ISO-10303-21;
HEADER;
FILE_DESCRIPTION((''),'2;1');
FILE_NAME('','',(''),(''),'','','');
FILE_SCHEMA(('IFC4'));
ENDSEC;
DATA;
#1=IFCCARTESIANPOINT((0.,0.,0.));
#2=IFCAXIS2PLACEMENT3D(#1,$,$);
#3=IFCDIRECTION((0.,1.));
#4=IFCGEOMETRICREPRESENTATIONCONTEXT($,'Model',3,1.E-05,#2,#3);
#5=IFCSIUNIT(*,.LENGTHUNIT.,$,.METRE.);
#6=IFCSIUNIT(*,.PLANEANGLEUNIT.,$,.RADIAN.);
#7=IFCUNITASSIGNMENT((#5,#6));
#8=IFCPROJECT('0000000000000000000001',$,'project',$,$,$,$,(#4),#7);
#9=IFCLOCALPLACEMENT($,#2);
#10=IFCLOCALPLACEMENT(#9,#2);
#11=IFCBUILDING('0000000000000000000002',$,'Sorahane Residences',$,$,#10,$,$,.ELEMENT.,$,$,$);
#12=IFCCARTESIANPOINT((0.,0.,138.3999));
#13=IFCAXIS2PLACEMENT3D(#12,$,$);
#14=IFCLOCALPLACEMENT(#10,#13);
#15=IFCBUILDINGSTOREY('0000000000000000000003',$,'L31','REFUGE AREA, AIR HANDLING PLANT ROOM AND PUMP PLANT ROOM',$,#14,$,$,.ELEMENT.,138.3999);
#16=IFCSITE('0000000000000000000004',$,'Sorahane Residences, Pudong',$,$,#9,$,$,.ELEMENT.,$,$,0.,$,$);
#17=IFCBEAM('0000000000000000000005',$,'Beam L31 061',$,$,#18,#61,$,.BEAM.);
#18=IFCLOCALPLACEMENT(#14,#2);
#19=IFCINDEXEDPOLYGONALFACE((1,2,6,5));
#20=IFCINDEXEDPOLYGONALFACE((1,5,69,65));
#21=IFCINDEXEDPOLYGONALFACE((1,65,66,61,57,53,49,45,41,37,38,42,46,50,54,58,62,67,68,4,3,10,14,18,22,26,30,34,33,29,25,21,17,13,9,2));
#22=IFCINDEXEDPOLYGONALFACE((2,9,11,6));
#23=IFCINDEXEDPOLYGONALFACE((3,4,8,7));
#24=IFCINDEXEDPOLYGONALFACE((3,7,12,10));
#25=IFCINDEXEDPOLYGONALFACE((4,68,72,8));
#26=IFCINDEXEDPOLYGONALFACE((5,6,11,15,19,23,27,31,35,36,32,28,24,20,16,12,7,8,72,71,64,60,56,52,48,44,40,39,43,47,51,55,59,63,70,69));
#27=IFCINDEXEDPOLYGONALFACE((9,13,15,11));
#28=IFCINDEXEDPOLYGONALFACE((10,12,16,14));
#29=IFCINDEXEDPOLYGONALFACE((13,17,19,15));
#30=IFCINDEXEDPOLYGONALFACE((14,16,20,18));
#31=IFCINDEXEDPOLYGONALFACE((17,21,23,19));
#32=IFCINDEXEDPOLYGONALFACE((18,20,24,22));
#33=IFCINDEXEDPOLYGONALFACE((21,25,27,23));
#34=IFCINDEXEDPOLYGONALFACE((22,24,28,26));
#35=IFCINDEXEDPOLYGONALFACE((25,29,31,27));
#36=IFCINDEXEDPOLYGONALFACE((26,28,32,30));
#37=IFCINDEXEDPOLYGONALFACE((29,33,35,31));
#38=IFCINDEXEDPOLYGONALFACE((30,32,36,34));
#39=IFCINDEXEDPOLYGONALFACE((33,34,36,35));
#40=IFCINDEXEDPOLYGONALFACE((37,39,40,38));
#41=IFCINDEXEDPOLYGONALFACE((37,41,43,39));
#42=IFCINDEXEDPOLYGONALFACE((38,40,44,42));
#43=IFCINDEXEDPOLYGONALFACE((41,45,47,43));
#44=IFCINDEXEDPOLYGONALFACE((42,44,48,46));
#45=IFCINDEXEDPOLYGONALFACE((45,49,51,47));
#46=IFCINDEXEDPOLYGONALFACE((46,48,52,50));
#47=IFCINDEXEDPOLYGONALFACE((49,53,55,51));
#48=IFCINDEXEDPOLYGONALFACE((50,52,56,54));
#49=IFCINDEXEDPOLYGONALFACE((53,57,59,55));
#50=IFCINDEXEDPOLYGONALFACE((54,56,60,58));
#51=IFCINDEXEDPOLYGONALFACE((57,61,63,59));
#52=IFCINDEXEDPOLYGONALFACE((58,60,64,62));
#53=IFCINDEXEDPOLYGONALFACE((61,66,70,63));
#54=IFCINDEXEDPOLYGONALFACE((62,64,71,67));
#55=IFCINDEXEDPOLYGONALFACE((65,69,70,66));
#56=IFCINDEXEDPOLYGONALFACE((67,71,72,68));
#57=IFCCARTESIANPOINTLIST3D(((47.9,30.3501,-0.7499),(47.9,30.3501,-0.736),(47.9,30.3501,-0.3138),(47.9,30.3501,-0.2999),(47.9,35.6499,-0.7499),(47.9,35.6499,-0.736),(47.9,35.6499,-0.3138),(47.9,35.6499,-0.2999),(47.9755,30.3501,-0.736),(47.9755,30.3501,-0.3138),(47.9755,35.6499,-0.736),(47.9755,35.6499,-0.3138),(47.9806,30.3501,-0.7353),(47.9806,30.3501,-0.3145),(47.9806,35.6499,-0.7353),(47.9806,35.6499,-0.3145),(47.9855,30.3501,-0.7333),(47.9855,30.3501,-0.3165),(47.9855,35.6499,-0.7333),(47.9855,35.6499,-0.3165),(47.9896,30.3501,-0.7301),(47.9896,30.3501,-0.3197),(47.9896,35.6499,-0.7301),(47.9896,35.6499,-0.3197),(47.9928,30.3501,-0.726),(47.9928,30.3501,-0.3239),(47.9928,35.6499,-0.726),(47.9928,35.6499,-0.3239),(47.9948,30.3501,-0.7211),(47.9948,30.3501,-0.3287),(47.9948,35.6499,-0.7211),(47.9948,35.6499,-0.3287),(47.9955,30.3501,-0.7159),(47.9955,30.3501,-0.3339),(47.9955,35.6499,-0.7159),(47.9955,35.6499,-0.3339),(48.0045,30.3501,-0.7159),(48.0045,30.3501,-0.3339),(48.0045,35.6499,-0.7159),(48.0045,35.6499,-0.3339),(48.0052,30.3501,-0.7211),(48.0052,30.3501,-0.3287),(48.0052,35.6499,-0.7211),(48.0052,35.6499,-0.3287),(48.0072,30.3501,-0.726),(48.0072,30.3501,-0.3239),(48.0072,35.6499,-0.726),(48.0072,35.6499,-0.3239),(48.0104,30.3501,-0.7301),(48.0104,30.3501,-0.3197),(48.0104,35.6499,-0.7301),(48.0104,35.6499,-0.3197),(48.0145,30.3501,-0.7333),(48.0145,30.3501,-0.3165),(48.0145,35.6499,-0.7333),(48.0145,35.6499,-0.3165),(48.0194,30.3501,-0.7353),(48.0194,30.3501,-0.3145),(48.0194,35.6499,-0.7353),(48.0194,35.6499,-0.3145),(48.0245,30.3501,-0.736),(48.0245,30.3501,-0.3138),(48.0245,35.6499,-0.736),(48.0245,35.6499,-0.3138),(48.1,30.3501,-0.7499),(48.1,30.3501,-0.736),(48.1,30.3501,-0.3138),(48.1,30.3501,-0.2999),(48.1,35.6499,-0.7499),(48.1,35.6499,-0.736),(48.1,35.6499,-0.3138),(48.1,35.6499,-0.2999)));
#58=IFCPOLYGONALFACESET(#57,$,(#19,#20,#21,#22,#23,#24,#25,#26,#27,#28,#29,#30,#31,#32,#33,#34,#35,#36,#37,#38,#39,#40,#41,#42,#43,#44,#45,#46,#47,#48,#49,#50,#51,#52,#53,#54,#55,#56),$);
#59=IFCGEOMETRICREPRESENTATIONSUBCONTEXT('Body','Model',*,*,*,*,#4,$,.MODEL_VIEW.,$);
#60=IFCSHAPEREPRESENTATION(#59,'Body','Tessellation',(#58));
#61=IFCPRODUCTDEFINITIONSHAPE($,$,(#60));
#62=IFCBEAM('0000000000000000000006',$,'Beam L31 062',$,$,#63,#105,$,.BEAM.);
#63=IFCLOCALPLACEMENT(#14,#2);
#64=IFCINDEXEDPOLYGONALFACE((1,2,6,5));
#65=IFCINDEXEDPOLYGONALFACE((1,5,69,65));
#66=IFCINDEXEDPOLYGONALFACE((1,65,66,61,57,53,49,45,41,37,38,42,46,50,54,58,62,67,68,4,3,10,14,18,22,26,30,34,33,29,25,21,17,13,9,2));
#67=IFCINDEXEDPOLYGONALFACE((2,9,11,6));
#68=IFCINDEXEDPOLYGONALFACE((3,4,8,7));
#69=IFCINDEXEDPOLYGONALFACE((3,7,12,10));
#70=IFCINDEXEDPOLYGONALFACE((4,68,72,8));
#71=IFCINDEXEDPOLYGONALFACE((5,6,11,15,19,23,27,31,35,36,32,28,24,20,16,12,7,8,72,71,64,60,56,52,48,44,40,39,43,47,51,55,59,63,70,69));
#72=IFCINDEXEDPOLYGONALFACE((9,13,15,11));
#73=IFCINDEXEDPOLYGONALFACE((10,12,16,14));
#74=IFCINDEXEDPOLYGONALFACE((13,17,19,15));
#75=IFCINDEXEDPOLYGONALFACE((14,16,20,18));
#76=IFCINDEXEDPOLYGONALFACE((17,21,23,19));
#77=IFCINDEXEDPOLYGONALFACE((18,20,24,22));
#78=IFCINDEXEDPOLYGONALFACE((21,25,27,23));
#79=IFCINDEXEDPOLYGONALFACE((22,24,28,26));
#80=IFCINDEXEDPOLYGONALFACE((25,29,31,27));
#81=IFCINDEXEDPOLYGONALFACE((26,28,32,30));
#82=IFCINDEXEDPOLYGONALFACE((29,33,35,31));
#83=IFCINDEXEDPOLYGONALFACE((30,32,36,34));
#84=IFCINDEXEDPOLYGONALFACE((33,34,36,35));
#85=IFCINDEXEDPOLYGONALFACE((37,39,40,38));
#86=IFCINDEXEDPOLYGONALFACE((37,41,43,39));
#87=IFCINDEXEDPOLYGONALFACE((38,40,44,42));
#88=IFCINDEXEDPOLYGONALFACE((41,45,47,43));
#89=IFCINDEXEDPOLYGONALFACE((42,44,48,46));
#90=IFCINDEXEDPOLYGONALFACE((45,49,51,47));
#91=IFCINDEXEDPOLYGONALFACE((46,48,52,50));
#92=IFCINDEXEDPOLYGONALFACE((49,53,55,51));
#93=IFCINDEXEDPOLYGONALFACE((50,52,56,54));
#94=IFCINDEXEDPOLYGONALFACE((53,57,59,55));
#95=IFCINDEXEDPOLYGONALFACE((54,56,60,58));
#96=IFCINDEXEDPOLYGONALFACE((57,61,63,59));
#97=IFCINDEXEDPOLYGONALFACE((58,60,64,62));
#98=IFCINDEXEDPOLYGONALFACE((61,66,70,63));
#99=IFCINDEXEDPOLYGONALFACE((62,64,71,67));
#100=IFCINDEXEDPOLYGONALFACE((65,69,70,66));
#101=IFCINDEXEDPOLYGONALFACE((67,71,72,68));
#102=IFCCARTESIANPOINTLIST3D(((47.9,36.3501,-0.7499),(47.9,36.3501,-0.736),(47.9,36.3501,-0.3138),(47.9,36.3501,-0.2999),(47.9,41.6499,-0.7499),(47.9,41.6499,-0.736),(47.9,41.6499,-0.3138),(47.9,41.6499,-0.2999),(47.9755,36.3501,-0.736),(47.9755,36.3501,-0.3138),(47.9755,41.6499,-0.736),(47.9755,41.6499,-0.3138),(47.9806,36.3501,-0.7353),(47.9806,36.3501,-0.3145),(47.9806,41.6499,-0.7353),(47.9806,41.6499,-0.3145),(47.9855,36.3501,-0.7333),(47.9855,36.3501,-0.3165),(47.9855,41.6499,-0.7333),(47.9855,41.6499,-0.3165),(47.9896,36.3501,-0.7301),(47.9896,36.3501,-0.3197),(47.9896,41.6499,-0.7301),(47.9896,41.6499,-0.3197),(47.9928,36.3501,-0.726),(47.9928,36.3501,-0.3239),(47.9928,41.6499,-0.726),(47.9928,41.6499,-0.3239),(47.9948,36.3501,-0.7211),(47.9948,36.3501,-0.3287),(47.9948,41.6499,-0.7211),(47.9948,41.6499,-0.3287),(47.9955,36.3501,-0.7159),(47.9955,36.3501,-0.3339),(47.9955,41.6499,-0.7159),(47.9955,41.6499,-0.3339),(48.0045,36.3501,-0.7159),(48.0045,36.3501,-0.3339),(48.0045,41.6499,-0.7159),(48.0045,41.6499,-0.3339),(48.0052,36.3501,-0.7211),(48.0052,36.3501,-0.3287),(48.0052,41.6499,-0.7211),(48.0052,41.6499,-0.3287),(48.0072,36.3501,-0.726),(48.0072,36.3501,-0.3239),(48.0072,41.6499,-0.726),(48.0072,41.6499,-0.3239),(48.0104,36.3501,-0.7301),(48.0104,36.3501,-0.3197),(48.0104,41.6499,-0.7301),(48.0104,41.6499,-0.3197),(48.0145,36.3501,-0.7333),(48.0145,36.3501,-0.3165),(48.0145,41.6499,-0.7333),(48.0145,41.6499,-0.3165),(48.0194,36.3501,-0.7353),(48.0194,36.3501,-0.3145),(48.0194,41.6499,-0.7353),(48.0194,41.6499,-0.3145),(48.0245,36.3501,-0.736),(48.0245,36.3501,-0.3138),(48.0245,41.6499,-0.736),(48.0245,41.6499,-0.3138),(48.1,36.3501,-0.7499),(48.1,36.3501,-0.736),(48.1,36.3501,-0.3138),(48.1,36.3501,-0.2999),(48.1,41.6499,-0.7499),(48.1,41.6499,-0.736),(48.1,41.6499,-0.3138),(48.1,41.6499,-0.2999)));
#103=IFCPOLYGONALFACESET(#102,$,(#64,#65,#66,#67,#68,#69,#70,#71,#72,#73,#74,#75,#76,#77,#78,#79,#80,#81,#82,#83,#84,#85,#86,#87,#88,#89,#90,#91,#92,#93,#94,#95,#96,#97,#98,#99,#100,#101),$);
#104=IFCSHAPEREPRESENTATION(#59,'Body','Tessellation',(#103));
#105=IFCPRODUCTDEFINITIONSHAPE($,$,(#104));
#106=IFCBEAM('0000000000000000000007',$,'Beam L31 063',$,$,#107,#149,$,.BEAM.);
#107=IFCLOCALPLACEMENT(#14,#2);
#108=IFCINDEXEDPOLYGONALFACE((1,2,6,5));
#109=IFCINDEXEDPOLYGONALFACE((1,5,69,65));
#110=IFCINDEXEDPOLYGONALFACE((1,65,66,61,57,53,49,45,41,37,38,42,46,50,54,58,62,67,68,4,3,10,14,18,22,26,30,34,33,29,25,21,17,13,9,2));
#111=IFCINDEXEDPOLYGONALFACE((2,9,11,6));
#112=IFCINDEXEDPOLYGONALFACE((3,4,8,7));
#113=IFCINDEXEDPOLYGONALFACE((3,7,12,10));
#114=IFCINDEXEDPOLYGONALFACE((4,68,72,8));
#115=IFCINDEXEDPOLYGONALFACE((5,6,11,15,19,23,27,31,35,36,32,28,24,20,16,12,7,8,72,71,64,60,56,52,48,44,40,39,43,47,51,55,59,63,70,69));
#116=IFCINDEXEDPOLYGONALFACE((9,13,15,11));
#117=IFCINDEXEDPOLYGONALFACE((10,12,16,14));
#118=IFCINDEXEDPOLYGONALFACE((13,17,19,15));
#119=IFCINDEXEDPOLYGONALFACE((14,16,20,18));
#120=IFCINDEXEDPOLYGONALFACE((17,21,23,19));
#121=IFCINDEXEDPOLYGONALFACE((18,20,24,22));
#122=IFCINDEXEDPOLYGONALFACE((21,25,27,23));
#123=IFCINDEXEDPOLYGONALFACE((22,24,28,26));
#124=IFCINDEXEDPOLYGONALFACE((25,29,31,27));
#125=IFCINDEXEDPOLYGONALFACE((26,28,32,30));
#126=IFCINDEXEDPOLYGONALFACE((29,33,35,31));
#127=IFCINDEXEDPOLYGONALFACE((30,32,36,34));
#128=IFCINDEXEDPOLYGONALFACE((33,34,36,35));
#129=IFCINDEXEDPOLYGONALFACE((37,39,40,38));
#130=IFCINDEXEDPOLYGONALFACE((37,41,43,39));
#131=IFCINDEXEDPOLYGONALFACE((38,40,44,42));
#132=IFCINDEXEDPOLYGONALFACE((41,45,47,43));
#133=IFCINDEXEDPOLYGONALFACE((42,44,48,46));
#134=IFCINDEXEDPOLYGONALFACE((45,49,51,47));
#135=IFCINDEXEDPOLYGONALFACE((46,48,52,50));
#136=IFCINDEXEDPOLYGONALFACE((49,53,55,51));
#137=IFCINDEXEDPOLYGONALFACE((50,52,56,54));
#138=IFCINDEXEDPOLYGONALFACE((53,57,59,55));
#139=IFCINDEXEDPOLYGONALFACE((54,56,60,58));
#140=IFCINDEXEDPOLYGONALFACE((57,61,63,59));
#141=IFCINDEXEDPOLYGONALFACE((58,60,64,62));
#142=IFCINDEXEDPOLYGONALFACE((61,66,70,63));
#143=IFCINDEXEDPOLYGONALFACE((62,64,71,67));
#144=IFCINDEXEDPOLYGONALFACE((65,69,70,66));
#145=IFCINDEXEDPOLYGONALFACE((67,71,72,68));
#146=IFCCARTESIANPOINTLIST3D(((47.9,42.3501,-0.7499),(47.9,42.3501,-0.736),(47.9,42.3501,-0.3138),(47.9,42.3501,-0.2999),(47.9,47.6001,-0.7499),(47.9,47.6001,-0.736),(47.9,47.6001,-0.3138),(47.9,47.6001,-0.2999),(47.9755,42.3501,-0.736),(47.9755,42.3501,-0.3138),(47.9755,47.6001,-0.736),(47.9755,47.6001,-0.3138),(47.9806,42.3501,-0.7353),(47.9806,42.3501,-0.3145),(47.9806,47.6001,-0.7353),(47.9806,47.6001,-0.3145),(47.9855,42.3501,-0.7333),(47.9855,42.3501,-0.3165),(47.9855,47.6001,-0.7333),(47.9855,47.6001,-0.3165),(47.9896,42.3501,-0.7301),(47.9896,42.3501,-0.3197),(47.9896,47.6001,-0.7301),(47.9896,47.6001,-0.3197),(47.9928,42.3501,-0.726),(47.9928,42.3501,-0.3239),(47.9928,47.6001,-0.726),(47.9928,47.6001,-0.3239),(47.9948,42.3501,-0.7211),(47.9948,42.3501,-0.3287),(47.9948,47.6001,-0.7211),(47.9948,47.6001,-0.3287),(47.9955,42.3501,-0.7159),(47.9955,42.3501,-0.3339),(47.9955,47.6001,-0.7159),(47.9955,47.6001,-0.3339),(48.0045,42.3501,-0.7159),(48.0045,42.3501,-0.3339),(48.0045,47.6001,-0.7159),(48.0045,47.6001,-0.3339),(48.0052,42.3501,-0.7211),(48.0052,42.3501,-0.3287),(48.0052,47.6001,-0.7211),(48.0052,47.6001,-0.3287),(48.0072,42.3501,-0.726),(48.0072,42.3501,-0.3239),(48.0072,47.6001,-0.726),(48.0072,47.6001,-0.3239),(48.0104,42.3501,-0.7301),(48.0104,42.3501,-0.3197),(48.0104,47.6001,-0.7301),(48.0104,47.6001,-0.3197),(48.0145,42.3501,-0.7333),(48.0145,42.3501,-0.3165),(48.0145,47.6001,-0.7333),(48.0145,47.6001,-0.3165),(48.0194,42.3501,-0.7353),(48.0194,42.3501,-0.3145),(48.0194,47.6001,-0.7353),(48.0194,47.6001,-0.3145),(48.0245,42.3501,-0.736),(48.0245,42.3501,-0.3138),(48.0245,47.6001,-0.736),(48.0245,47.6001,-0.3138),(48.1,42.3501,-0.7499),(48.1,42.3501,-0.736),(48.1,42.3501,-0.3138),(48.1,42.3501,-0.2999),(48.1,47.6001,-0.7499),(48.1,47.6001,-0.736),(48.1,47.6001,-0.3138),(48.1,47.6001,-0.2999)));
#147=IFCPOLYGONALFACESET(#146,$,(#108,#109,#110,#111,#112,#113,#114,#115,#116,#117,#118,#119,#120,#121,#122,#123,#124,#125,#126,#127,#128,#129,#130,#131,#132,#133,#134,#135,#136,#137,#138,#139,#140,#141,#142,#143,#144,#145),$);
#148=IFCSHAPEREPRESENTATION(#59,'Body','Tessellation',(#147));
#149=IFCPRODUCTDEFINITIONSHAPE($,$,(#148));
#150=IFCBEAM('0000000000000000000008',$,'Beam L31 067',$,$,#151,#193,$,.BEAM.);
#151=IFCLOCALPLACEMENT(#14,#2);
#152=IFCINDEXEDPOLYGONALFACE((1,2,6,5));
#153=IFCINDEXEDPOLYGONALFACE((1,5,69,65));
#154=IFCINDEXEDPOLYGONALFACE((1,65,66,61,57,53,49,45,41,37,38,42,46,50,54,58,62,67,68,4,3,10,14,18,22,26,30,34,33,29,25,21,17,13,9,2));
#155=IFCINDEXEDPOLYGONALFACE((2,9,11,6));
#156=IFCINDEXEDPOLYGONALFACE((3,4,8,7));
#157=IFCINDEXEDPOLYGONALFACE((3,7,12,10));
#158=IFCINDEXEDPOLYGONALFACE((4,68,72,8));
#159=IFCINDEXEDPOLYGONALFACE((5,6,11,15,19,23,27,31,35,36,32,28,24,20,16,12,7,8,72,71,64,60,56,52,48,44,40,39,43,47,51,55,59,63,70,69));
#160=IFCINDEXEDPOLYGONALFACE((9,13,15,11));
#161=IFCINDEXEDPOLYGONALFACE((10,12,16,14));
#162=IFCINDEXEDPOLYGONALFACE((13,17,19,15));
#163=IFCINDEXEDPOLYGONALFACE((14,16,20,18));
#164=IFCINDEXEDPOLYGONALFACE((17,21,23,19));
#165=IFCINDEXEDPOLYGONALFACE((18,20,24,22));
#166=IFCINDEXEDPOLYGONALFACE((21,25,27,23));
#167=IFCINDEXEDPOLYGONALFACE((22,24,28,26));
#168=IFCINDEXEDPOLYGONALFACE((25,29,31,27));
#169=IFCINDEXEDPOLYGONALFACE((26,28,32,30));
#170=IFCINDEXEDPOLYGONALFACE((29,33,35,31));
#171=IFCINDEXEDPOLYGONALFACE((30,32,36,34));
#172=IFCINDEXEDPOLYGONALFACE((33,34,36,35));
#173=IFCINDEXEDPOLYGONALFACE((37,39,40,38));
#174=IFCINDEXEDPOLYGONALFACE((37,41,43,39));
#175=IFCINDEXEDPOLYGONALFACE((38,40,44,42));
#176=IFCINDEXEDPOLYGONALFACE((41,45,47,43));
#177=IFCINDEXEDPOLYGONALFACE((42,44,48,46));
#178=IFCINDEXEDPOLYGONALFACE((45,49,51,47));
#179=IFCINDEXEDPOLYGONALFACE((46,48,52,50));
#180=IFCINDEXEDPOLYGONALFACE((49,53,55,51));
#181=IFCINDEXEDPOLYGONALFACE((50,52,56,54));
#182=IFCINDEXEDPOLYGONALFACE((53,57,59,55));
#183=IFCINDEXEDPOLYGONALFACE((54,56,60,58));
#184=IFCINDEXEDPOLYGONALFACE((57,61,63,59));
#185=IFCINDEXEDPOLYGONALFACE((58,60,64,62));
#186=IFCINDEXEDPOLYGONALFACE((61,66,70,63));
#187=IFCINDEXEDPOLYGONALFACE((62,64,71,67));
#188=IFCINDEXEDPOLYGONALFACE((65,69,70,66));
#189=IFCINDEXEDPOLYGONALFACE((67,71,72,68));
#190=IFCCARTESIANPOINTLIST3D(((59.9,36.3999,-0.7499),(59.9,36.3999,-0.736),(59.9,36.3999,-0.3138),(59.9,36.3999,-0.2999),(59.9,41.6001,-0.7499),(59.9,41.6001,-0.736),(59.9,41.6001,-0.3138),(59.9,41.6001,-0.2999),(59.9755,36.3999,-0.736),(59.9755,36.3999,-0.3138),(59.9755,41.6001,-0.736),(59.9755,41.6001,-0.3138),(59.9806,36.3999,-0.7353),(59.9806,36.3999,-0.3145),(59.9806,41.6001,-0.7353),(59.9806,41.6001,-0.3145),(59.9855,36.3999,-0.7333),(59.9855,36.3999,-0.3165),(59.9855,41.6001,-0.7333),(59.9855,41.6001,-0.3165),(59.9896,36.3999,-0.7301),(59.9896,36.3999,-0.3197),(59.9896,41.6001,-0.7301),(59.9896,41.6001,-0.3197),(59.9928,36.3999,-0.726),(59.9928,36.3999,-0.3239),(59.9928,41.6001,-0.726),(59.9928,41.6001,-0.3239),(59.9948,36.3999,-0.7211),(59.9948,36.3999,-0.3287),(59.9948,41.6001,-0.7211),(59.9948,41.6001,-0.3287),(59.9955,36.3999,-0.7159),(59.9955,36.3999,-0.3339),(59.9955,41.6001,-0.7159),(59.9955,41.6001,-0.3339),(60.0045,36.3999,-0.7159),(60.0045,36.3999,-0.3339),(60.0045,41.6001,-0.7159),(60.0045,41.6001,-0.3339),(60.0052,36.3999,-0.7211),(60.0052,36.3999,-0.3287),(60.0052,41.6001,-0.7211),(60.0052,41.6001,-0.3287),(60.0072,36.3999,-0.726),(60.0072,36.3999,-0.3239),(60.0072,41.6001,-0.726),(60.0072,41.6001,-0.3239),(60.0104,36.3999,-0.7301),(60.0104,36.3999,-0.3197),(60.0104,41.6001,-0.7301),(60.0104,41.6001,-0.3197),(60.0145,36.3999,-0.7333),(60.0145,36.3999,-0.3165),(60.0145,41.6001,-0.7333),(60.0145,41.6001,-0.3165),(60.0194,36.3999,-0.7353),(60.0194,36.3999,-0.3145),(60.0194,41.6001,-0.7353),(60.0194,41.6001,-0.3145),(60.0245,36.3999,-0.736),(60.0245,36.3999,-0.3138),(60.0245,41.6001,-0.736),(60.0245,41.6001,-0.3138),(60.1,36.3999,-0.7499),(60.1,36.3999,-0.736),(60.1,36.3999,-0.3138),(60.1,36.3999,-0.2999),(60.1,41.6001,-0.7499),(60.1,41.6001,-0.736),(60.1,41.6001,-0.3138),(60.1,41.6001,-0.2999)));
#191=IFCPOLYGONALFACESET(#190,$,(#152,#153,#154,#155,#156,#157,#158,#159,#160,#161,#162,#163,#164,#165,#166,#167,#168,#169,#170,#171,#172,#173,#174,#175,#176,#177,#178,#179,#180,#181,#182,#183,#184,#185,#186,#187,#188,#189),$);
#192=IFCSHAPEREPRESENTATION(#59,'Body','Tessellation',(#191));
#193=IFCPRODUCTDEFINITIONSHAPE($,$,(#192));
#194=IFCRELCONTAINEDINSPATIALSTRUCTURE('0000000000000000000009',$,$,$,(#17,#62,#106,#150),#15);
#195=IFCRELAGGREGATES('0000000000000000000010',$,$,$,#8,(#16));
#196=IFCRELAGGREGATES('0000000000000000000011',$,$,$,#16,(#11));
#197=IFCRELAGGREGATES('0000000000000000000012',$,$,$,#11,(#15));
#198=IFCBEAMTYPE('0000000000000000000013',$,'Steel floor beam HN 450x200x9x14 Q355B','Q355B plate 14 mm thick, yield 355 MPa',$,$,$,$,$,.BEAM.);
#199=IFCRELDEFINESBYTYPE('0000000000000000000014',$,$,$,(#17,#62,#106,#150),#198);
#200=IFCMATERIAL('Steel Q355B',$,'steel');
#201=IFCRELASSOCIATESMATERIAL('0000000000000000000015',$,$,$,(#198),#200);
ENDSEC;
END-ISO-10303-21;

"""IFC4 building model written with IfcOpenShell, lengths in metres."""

from ifc_helpers import new_model, si_unit, direction, frame, origin, origin_2d, place, context, subcontext, project, spatial, i_section, extrude, material, material_profile, profile_set, type_object, element, save


model = new_model("IFC4")

# Units and contexts
model_context = context("Model", 3, precision=1e-05, world=origin(), true_north=direction((0.0, 1.0)))
body_context = subcontext(model_context, "Body", "Model", "MODEL_VIEW")
ifc_project = project(units=[si_unit("LENGTHUNIT", "METRE"), si_unit("PLANEANGLEUNIT", "RADIAN")], contexts=[model_context])

# Site, building, storey
site_placement = place(None, origin())
site = spatial("IfcSite", under=ifc_project, at=site_placement, Name="Sorahane Residences, Pudong", CompositionType="ELEMENT", RefElevation=0.0)
building_placement = place(site_placement, origin())
building = spatial("IfcBuilding", under=site, at=building_placement, Name="Sorahane Residences", CompositionType="ELEMENT")
storey_placement = place(building_placement, frame((0.0, 0.0, 138.3999)))
storey = spatial("IfcBuildingStorey", under=building, at=storey_placement, Name="L31", Description="REFUGE AREA, AIR HANDLING PLANT ROOM AND PUMP PLANT ROOM", CompositionType="ELEMENT", Elevation=138.3999)

# Beams
ifc_material_1 = material(Name="Steel Q355B", Category="steel")
ifc_material_profile_1 = material_profile(ifc_material_1, i_section(OverallWidth=0.2, OverallDepth=0.45, WebThickness=0.009, FlangeThickness=0.0139, FilletRadius=0.02, at=origin_2d()), Name="HN 450x200x9x14")
ifc_profile_set_1 = profile_set([ifc_material_profile_1], Name="Steel Q355B")
beam_type_1 = type_object("IfcBeamType", Name="Steel floor beam HN 450x200x9x14 Q355B", Description="Q355B plate 14 mm thick, yield 355 MPa", PredefinedType="BEAM", material=ifc_profile_set_1)
for number, where, z_axis, x_axis, name in (
    (1, (48.0, 30.3501, -0.5249), (0.0, 1.0, 0.0), (-1.0, 0.0, 0.0), "Beam L31 061"),
    (2, (48.0, 36.3501, -0.5249), (0.0, 1.0, 0.0), (-1.0, 0.0, 0.0), "Beam L31 062"),
):
    element("IfcBeam", number, at=place(storey_placement, frame(where, z_axis=z_axis, x_axis=x_axis)), inside=storey, type_object=beam_type_1, Name=name, PredefinedType="BEAM", context=body_context, shape_type="SweptSolid", body=[
        extrude(i_section(OverallWidth=0.2, OverallDepth=0.45, WebThickness=0.009, FlangeThickness=0.0139, FilletRadius=0.02, at=origin_2d()), origin(), (0.0, 0.0, 1.0), 5.2998),
    ])
beam_1_placement = place(storey_placement, frame((48.0, 42.3501, -0.5249), z_axis=(0.0, 1.0, 0.0), x_axis=(-1.0, 0.0, 0.0)))
element("IfcBeam", 3, at=beam_1_placement, inside=storey, type_object=beam_type_1, Name="Beam L31 063", PredefinedType="BEAM", context=body_context, shape_type="SweptSolid", body=[
    extrude(i_section(OverallWidth=0.2, OverallDepth=0.45, WebThickness=0.009, FlangeThickness=0.0139, FilletRadius=0.02, at=origin_2d()), origin(), (0.0, 0.0, 1.0), 5.25),
])
beam_2_placement = place(storey_placement, frame((60.0, 36.3999, -0.5249), z_axis=(0.0, 1.0, 0.0), x_axis=(-1.0, 0.0, 0.0)))
element("IfcBeam", 4, at=beam_2_placement, inside=storey, type_object=beam_type_1, Name="Beam L31 067", PredefinedType="BEAM", context=body_context, shape_type="SweptSolid", body=[
    extrude(i_section(OverallWidth=0.2, OverallDepth=0.45, WebThickness=0.009, FlangeThickness=0.0139, FilletRadius=0.02, at=origin_2d()), origin(), (0.0, 0.0, 1.0), 5.2002),
])

save(model, "model.ifc")
